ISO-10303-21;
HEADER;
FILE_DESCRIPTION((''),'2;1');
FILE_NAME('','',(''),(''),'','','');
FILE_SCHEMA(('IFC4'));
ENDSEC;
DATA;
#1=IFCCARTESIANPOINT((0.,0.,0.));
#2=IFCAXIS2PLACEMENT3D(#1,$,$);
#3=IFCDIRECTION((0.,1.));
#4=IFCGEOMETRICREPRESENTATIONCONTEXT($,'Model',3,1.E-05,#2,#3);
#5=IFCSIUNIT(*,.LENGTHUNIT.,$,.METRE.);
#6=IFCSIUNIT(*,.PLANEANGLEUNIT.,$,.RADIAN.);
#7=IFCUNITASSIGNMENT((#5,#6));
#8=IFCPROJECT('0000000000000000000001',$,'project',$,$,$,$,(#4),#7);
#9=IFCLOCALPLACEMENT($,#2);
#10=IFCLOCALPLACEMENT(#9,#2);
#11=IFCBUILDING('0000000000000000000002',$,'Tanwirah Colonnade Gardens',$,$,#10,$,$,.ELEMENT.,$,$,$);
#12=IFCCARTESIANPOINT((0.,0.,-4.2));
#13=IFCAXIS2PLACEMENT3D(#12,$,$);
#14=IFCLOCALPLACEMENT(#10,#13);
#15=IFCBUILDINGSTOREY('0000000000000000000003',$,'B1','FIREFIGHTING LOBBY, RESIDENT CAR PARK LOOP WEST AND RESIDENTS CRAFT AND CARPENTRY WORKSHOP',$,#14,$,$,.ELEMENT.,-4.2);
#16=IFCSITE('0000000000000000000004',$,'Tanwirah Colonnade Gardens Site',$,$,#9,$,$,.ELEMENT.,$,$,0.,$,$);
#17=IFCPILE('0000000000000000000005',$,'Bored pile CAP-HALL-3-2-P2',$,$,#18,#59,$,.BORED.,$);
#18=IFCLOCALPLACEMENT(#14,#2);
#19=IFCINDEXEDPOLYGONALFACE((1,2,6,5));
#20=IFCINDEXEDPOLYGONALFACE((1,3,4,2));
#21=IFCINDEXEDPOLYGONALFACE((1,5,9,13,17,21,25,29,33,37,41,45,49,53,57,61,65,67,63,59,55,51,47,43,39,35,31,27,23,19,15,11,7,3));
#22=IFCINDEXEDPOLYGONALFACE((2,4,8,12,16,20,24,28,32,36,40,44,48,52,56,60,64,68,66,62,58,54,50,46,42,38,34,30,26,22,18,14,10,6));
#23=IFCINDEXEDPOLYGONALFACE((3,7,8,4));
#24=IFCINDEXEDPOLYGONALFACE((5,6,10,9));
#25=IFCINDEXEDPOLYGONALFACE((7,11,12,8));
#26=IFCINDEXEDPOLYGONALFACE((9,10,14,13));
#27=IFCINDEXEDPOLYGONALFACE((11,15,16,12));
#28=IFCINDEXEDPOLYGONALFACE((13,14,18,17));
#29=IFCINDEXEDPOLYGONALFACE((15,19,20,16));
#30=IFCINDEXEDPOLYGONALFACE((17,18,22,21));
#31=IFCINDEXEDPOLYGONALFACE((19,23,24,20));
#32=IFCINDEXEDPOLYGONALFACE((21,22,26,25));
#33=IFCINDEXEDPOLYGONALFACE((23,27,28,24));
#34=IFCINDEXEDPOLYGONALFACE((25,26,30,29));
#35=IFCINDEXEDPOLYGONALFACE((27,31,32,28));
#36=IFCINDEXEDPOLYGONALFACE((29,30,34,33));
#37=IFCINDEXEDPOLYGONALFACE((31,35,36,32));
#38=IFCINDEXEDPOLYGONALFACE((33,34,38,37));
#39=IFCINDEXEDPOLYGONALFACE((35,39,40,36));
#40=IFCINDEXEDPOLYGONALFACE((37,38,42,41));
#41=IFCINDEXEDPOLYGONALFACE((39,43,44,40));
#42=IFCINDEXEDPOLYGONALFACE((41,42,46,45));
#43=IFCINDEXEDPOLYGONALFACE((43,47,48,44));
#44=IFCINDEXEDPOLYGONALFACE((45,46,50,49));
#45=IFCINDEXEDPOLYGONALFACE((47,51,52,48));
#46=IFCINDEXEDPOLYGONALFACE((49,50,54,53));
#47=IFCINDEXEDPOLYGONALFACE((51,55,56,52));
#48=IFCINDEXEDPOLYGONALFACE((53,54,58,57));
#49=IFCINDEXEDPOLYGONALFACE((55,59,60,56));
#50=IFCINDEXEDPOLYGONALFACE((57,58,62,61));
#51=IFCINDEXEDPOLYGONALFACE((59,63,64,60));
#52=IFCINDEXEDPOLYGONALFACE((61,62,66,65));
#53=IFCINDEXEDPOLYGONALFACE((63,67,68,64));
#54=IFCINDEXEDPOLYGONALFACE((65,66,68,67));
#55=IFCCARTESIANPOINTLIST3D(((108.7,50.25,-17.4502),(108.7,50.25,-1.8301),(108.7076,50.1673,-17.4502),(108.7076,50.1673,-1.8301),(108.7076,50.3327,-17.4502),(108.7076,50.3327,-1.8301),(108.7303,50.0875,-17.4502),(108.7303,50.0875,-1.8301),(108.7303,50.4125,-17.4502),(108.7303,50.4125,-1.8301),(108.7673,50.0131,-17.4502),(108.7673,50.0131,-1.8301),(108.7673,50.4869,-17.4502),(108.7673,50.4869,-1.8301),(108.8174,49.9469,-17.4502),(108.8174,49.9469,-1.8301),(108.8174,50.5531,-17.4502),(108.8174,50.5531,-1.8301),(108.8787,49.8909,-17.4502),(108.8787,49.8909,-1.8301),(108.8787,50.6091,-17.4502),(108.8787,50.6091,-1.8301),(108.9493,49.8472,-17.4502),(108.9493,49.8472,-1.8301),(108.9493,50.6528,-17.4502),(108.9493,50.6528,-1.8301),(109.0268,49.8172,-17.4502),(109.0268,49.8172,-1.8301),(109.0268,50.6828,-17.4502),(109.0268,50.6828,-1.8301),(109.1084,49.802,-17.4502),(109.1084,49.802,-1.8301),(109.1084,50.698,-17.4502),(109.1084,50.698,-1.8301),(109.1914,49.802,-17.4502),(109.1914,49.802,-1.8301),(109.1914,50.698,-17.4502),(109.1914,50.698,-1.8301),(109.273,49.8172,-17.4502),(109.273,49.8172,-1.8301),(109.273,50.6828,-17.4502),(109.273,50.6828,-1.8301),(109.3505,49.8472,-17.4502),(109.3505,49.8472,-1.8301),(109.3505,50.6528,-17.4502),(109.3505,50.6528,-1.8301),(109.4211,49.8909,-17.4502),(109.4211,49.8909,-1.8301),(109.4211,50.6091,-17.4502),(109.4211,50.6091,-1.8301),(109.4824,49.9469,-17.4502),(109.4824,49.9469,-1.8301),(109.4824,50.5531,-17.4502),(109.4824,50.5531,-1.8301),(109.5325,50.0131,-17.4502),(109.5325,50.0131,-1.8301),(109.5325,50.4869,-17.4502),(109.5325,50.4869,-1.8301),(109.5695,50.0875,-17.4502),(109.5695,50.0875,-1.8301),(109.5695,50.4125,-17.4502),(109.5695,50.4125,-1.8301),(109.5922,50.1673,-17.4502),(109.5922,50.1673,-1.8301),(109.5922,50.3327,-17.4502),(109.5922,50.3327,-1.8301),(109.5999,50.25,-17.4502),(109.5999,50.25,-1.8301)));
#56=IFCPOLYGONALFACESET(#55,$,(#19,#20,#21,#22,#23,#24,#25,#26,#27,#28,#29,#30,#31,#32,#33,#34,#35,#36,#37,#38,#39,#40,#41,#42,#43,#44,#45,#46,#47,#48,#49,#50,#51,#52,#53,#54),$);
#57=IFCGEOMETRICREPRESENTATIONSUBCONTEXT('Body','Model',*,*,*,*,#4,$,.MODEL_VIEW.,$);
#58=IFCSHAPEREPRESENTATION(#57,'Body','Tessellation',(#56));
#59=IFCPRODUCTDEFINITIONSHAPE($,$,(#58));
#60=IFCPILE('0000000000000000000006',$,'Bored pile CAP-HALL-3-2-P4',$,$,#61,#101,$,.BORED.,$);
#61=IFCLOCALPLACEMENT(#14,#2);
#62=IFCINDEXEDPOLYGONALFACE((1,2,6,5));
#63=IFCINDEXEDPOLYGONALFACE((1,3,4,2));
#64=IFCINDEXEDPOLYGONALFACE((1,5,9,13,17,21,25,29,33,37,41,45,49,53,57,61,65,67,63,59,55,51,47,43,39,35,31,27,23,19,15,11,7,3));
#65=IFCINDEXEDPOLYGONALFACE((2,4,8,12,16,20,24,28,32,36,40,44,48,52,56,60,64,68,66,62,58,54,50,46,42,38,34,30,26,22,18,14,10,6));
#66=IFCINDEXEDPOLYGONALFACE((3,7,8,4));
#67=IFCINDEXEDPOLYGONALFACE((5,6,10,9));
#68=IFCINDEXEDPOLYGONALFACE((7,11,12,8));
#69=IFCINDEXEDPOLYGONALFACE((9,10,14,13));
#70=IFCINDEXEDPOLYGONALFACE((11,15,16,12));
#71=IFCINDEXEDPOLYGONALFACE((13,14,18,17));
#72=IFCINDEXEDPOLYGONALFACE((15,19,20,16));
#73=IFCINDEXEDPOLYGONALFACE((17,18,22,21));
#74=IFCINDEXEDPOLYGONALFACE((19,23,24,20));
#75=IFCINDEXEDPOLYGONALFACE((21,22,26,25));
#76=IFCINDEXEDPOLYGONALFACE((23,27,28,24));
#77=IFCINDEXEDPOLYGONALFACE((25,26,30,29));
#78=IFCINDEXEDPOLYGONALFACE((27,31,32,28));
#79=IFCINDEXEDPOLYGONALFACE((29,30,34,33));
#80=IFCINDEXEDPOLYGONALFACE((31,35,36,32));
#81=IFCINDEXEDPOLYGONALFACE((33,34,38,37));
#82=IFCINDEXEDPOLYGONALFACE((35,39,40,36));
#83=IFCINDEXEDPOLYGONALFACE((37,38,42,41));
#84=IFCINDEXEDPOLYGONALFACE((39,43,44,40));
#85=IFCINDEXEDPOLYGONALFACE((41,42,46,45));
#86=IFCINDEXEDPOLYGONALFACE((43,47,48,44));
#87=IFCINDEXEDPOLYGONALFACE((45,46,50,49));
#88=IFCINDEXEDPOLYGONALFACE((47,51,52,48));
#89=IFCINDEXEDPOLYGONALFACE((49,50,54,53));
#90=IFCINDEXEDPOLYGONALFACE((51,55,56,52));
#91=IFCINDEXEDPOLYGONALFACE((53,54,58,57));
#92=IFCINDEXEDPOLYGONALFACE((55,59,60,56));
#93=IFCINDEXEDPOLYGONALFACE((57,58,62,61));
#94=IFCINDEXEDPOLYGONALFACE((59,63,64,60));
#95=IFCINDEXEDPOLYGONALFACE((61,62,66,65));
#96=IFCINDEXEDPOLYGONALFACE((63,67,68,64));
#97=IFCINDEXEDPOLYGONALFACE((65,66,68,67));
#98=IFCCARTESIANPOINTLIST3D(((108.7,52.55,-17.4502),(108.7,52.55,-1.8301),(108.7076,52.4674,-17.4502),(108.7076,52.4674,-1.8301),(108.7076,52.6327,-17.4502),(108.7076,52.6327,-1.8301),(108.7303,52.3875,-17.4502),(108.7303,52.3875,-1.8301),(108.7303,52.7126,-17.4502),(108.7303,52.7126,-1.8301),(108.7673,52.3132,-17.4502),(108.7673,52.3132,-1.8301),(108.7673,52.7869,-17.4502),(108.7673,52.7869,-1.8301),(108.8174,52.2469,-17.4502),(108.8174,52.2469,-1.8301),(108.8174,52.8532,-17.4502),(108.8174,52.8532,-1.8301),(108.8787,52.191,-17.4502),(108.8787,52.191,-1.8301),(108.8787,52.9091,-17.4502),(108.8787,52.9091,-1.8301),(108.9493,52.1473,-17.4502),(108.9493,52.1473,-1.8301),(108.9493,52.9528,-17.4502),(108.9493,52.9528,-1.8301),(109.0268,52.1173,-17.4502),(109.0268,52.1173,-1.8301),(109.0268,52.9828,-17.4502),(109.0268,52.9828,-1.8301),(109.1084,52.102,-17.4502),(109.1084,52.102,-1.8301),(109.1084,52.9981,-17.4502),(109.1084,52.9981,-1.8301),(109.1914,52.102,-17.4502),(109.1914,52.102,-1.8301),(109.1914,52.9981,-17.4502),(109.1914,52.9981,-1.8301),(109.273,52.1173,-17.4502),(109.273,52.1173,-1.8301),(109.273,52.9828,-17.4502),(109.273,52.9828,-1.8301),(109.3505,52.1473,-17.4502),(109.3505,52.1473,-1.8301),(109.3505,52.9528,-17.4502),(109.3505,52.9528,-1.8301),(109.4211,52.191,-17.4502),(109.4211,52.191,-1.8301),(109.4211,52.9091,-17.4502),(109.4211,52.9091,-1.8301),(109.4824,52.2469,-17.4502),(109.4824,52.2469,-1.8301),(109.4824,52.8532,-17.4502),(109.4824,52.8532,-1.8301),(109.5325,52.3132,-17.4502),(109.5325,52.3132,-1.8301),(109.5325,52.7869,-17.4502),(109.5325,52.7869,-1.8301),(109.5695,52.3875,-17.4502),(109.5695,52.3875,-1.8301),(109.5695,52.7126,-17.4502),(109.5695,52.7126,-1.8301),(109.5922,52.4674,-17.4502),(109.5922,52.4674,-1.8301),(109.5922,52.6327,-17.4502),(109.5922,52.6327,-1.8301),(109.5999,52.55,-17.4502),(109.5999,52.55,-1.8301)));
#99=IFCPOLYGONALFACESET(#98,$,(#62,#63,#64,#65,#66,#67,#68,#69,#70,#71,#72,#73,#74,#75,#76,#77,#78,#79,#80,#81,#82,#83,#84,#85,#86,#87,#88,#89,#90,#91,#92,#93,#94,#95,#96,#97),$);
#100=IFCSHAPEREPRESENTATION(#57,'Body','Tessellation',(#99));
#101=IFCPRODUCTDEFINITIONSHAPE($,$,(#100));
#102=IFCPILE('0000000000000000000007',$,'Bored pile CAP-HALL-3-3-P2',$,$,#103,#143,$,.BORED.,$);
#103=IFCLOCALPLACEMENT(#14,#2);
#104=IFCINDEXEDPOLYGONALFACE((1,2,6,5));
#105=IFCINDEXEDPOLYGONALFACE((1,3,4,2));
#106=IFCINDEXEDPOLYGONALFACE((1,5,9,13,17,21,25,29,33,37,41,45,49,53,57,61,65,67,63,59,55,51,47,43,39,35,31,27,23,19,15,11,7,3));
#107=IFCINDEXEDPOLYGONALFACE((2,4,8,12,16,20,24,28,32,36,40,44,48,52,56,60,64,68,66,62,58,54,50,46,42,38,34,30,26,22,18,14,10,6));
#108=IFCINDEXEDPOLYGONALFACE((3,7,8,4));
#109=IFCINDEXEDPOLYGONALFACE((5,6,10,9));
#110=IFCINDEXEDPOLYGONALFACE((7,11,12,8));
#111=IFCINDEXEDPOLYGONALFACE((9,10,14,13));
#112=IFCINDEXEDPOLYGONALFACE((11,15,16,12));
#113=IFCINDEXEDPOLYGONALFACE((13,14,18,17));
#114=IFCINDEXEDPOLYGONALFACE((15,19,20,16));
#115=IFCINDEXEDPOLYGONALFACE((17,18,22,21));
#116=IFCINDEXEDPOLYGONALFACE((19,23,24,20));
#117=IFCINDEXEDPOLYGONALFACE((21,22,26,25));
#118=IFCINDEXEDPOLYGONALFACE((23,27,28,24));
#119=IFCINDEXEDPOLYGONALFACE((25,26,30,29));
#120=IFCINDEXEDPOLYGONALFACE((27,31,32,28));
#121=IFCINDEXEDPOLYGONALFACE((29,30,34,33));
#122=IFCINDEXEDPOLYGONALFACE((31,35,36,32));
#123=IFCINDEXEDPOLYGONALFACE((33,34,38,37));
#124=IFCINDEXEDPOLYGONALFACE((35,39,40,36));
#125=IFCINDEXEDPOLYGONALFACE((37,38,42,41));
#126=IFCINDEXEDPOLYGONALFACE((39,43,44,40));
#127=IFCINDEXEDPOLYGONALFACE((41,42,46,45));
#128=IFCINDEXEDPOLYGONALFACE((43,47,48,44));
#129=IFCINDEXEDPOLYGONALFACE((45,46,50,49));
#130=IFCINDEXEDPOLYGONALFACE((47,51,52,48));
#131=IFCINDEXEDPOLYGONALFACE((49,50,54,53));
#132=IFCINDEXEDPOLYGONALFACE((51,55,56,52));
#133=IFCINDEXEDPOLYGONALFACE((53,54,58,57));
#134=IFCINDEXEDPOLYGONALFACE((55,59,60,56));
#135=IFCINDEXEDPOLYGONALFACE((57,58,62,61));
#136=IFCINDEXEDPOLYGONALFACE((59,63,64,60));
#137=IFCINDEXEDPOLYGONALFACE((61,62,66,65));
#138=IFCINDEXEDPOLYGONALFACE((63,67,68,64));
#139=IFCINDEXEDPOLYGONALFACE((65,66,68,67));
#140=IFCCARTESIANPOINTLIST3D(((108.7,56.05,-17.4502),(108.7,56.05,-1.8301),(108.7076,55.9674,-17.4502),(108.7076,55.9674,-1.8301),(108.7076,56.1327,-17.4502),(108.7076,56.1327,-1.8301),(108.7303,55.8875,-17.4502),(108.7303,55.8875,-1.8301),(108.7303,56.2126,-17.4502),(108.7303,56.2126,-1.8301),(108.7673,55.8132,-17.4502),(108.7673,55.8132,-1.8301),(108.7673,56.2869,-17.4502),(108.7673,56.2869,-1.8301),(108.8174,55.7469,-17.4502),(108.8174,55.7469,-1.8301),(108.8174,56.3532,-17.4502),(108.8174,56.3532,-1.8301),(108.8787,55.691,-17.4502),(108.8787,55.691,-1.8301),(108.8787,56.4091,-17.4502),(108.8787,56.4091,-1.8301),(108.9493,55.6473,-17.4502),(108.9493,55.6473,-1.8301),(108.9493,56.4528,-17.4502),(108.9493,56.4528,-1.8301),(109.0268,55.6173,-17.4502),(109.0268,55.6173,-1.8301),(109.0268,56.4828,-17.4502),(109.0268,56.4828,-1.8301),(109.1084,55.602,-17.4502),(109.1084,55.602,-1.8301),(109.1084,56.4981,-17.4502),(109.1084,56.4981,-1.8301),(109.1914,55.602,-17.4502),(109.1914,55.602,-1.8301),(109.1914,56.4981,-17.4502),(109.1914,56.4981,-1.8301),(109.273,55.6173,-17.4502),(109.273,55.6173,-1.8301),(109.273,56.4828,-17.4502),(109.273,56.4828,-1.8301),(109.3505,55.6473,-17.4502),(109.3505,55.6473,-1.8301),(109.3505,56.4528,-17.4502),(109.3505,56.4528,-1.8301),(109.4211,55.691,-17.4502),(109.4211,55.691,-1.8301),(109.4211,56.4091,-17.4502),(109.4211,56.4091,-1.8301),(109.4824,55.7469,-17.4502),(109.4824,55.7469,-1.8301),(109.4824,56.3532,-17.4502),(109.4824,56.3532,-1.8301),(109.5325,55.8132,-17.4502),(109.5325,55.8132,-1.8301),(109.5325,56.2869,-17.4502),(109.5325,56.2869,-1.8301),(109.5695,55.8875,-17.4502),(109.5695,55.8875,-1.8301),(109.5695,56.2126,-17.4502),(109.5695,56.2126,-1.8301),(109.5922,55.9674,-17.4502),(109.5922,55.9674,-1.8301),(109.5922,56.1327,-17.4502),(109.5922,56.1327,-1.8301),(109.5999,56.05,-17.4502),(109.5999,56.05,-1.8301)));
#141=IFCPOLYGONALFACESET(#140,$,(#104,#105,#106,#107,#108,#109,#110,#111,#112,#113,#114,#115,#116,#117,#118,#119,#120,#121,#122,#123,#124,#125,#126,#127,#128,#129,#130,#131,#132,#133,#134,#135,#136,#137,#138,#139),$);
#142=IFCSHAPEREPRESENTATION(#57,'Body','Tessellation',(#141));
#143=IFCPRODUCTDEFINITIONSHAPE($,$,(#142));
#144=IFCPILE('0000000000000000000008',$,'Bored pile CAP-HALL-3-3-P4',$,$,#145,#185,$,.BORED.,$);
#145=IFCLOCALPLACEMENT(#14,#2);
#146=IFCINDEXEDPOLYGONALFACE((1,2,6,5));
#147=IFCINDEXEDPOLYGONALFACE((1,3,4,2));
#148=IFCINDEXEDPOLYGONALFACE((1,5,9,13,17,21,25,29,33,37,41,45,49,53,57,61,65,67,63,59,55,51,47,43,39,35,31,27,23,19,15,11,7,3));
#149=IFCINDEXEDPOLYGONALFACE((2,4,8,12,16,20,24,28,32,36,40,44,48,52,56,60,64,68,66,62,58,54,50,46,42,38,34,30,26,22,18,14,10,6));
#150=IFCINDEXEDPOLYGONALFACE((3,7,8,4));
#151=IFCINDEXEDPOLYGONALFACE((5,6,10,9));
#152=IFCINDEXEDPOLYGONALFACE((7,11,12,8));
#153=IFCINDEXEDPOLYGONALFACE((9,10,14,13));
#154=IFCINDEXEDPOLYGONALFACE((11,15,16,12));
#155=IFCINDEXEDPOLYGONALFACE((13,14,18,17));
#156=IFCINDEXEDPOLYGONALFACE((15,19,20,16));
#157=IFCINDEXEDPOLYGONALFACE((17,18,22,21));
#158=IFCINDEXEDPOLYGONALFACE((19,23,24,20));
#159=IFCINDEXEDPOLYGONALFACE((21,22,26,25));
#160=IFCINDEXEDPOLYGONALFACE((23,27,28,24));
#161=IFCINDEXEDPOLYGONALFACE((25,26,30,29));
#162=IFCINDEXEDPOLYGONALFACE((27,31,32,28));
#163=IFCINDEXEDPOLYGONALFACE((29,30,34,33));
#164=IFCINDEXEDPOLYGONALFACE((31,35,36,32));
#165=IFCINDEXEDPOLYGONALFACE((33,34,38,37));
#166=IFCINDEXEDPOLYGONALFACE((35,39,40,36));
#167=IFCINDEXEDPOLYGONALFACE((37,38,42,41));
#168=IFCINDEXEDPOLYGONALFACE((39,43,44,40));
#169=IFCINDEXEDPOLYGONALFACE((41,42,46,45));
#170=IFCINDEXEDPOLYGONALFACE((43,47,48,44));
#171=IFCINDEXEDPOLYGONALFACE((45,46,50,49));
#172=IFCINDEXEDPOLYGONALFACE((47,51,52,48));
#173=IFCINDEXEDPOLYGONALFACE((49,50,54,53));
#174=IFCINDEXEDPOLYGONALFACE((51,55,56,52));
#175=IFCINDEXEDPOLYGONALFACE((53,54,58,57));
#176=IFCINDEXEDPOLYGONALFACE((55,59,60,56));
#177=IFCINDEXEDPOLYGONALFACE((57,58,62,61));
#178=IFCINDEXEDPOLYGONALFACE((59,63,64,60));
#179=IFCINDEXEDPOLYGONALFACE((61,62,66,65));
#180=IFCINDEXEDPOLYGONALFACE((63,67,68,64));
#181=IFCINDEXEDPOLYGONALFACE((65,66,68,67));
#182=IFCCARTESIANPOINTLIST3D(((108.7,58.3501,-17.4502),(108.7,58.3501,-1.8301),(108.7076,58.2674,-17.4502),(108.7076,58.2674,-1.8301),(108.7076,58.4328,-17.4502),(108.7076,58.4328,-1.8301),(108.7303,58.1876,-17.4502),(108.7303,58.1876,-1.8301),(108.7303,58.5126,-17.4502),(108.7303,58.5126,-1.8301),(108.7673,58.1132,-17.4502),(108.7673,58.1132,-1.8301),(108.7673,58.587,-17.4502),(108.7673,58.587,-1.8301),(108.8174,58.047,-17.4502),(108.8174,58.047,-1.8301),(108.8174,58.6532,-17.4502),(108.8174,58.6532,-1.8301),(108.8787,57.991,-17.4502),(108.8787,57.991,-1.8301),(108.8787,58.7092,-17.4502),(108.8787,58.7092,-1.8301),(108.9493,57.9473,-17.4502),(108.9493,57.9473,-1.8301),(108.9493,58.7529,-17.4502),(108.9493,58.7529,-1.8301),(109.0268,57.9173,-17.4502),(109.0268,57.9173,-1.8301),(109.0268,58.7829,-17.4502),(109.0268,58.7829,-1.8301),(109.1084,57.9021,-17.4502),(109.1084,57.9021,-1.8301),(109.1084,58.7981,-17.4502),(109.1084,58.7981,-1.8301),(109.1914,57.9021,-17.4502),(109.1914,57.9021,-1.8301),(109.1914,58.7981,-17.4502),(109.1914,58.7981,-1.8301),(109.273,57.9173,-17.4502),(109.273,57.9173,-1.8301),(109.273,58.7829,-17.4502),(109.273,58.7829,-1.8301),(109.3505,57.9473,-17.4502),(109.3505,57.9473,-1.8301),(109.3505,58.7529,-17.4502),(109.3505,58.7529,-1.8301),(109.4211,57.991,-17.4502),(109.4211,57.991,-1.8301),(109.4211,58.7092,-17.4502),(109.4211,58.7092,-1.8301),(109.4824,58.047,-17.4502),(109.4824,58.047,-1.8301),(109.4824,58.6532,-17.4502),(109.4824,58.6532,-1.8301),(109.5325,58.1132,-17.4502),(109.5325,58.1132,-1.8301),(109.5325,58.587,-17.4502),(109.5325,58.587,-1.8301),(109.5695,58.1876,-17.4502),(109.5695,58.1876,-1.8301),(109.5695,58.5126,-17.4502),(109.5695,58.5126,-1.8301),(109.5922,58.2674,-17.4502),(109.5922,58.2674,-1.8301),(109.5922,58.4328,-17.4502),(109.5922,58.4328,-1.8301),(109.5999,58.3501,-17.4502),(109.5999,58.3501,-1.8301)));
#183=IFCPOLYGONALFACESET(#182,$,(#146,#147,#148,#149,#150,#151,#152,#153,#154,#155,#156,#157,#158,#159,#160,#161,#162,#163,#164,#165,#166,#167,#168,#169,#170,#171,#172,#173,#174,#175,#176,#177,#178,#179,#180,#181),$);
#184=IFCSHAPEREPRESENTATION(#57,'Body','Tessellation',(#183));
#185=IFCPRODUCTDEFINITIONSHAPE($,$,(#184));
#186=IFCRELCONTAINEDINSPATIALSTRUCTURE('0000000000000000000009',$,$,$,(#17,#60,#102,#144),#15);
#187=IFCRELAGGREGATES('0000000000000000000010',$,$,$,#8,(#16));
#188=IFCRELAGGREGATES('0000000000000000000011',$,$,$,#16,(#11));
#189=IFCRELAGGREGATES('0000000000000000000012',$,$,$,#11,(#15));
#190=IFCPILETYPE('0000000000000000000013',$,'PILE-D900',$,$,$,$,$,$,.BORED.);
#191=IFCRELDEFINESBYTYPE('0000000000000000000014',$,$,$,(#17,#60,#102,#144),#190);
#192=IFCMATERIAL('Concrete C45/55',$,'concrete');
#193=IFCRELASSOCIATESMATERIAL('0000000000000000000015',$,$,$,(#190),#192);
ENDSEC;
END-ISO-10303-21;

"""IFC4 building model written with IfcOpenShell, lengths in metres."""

from ifc_helpers import new_model, si_unit, direction, frame, origin, origin_2d, place, context, subcontext, project, spatial, circle, extrude, material, material_profile, profile_set, type_object, element, save


model = new_model("IFC4")

# Units and contexts
model_context = context("Model", 3, precision=1e-05, world=origin(), true_north=direction((0.0, 1.0)))
body_context = subcontext(model_context, "Body", "Model", "MODEL_VIEW")
ifc_project = project(units=[si_unit("LENGTHUNIT", "METRE"), si_unit("PLANEANGLEUNIT", "RADIAN")], contexts=[model_context])

# Site, building, storey
site_placement = place(None, origin())
site = spatial("IfcSite", under=ifc_project, at=site_placement, Name="Tanwirah Colonnade Gardens Site", CompositionType="ELEMENT", RefElevation=0.0)
building_placement = place(site_placement, origin())
building = spatial("IfcBuilding", under=site, at=building_placement, Name="Tanwirah Colonnade Gardens", CompositionType="ELEMENT")
storey_placement = place(building_placement, frame((0.0, 0.0, -4.2)))
storey = spatial("IfcBuildingStorey", under=building, at=storey_placement, Name="B1", Description="FIREFIGHTING LOBBY, RESIDENT CAR PARK LOOP WEST AND RESIDENTS CRAFT AND CARPENTRY WORKSHOP", CompositionType="ELEMENT", Elevation=-4.2)

# Shared definitions
ifc_material_1 = material(Name="Concrete C45/55", Category="concrete")

# Piles
ifc_material_profile_1 = material_profile(ifc_material_1, circle(Radius=0.45, at=origin_2d()), Name="PILE D900")
ifc_profile_set_1 = profile_set([ifc_material_profile_1], Name="Concrete C45/55")
pile_type_1 = type_object("IfcPileType", Name="PILE-D900", PredefinedType="BORED", material=ifc_profile_set_1)
for number, where, z_axis, x_axis, name in (
    (1, (109.1499, 50.25, -1.8301), (0.0, 0.0, -1.0), (1.0, 0.0, 0.0), "Bored pile CAP-HALL-3-2-P2"),
    (2, (109.1499, 52.55, -1.8301), (0.0, 0.0, -1.0), (1.0, 0.0, 0.0), "Bored pile CAP-HALL-3-2-P4"),
    (3, (109.1499, 56.05, -1.8301), (0.0, 0.0, -1.0), (1.0, 0.0, 0.0), "Bored pile CAP-HALL-3-3-P2"),
    (4, (109.1499, 58.3501, -1.8301), (0.0, 0.0, -1.0), (1.0, 0.0, 0.0), "Bored pile CAP-HALL-3-3-P4"),
):
    element("IfcPile", number, at=place(storey_placement, frame(where, z_axis=z_axis, x_axis=x_axis)), inside=storey, type_object=pile_type_1, Name=name, PredefinedType="BORED", context=body_context, shape_type="SweptSolid", body=[
        extrude(circle(Radius=0.45, at=origin_2d()), origin(), (0.0, 0.0, 1.0), 15.6201),
    ])

save(model, "model.ifc")
